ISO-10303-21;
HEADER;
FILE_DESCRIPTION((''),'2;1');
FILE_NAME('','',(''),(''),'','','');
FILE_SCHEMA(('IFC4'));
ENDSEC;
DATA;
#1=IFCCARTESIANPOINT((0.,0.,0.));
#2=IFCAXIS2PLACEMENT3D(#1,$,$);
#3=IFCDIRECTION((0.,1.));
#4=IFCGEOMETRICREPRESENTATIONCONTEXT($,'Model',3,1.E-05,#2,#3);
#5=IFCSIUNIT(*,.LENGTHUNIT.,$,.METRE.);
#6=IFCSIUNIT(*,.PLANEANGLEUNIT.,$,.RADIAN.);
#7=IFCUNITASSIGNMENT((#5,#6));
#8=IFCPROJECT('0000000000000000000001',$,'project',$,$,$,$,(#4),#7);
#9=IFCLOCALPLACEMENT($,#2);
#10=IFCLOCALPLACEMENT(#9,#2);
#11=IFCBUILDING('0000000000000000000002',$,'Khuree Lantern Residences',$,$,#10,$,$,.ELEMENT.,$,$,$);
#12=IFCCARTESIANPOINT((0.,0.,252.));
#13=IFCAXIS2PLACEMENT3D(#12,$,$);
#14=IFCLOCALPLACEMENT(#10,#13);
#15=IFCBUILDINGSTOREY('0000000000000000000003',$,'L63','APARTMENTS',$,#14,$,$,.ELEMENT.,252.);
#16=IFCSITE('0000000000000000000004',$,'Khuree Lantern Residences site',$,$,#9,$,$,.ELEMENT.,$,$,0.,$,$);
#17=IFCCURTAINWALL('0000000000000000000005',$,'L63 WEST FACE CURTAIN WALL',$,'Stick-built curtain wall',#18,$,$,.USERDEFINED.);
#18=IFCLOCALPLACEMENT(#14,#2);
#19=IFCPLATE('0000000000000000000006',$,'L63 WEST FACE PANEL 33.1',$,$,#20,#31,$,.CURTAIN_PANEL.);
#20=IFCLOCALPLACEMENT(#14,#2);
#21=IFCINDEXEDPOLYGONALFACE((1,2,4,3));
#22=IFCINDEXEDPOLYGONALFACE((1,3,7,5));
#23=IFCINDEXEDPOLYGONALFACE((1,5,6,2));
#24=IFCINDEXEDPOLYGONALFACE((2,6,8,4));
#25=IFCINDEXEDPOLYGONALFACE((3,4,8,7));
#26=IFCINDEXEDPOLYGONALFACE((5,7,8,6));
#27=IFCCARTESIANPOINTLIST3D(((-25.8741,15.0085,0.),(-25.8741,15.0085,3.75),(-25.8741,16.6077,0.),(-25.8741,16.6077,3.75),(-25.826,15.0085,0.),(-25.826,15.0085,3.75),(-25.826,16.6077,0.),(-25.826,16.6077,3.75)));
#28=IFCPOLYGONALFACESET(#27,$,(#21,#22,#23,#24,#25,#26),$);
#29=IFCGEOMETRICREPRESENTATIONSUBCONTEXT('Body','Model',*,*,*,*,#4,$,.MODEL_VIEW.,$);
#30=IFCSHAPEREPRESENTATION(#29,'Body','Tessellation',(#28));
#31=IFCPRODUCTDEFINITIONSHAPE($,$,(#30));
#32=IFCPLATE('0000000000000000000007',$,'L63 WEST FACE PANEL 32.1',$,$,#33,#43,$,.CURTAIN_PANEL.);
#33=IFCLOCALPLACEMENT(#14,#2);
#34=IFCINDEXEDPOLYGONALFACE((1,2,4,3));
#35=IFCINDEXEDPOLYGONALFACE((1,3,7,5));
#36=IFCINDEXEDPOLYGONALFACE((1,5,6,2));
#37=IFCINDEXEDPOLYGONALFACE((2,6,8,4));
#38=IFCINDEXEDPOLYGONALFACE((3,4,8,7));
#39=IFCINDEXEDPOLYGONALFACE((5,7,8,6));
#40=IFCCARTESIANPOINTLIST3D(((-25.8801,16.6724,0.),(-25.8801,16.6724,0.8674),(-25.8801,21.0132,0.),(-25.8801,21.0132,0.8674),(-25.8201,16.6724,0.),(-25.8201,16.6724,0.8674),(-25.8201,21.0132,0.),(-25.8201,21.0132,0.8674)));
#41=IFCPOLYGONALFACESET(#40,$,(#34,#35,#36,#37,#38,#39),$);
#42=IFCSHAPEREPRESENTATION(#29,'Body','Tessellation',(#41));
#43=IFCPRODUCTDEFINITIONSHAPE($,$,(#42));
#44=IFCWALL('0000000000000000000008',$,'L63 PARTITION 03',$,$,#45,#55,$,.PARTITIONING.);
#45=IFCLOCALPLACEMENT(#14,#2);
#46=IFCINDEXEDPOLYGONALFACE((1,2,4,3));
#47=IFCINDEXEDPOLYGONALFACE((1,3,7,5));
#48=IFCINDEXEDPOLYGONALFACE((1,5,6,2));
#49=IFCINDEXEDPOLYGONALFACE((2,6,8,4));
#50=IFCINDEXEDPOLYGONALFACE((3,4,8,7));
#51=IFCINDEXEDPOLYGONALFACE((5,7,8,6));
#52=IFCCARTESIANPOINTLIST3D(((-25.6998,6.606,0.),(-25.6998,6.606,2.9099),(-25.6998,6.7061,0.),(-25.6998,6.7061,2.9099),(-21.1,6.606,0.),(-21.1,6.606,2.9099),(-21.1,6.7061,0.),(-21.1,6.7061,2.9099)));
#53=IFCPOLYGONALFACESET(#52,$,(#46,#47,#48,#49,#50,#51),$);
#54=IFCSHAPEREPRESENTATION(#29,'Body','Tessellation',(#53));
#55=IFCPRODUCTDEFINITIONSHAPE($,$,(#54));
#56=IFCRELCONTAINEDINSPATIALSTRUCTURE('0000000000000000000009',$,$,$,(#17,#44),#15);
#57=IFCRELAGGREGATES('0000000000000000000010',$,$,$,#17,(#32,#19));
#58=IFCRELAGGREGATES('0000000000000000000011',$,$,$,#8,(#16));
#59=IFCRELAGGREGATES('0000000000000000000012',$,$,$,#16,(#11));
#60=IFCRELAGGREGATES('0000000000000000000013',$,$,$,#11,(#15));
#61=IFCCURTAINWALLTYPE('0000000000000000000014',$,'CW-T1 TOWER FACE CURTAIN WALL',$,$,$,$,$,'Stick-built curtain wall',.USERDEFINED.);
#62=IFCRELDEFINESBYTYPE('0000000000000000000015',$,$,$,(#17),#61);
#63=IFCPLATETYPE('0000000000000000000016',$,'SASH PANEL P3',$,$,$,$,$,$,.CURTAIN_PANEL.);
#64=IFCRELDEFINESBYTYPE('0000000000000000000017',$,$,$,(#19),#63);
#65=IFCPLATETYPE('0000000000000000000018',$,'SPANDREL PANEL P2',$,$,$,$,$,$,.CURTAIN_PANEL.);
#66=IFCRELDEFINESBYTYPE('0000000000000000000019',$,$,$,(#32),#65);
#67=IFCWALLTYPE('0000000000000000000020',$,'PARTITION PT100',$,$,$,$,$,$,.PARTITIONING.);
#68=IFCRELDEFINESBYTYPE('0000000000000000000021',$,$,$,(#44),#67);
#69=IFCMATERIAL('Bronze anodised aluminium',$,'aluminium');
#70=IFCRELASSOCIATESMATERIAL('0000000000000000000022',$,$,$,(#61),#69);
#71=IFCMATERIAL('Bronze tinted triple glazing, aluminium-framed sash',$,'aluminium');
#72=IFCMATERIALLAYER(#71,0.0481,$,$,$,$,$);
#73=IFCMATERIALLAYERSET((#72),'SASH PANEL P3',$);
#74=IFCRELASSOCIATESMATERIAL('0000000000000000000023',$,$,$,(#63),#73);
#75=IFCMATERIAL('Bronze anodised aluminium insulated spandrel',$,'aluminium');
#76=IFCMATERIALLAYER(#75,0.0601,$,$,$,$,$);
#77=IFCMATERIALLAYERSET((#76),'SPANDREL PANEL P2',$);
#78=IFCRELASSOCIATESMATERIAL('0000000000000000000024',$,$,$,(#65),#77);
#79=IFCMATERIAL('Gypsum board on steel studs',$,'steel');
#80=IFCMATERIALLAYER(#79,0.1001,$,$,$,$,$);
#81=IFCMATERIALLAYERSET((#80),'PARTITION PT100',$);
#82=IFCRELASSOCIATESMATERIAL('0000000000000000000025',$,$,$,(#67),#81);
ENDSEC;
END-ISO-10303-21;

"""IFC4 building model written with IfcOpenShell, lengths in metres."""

from ifc_helpers import new_model, si_unit, direction, frame, frame_2d, origin, origin_2d, place, context, subcontext, project, spatial, rectangle, extrude, material, layer, layer_set, type_object, element, aggregate, save


model = new_model("IFC4")

# Units and contexts
model_context = context("Model", 3, precision=1e-05, world=origin(), true_north=direction((0.0, 1.0)))
body_context = subcontext(model_context, "Body", "Model", "MODEL_VIEW")
ifc_project = project(units=[si_unit("LENGTHUNIT", "METRE"), si_unit("PLANEANGLEUNIT", "RADIAN")], contexts=[model_context])

# Site, building, storey
site_placement = place(None, origin())
site = spatial("IfcSite", under=ifc_project, at=site_placement, Name="Khuree Lantern Residences site", CompositionType="ELEMENT", RefElevation=0.0)
building_placement = place(site_placement, origin())
building = spatial("IfcBuilding", under=site, at=building_placement, Name="Khuree Lantern Residences", CompositionType="ELEMENT")
storey_placement = place(building_placement, frame((0.0, 0.0, 252.0)))
storey = spatial("IfcBuildingStorey", under=building, at=storey_placement, Name="L63", Description="APARTMENTS", CompositionType="ELEMENT", Elevation=252.0)

# Curtain wall
ifc_material_1 = material(Name="Bronze anodised aluminium", Category="aluminium")
curtain_wall_type = type_object("IfcCurtainWallType", Name="CW-T1 TOWER FACE CURTAIN WALL", ElementType="Stick-built curtain wall", PredefinedType="USERDEFINED", material=ifc_material_1)
curtain_wall_placement = place(storey_placement, origin())
curtain_wall = element("IfcCurtainWall", 1, at=curtain_wall_placement, inside=storey, type_object=curtain_wall_type, Name="L63 WEST FACE CURTAIN WALL", ObjectType="Stick-built curtain wall", PredefinedType="USERDEFINED")

# Plates
ifc_material_2 = material(Name="Bronze tinted triple glazing, aluminium-framed sash", Category="aluminium")
ifc_layer_1 = layer(ifc_material_2, 0.0481)
ifc_layer_set_1 = layer_set([ifc_layer_1], Name="SASH PANEL P3")
plate_type_1 = type_object("IfcPlateType", Name="SASH PANEL P3", PredefinedType="CURTAIN_PANEL", material=ifc_layer_set_1)
plate_1_placement = place(storey_placement, frame((-25.8501, 15.8081, 0.0), z_axis=(0.0, 0.0, 1.0), x_axis=(0.0, -1.0, 0.0)))
plate_1 = element("IfcPlate", 2, at=plate_1_placement, type_object=plate_type_1, Name="L63 WEST FACE PANEL 33.1", PredefinedType="CURTAIN_PANEL", context=body_context, shape_type="SweptSolid", body=[
    extrude(rectangle(XDim=1.5991, YDim=0.0481, at=origin_2d()), origin(), (0.0, 0.0, 1.0), 3.75),
])
ifc_material_3 = material(Name="Bronze anodised aluminium insulated spandrel", Category="aluminium")
ifc_layer_2 = layer(ifc_material_3, 0.0601)
ifc_layer_set_2 = layer_set([ifc_layer_2], Name="SPANDREL PANEL P2")
plate_type_2 = type_object("IfcPlateType", Name="SPANDREL PANEL P2", PredefinedType="CURTAIN_PANEL", material=ifc_layer_set_2)
plate_2_placement = place(storey_placement, frame((-25.8501, 18.8428, 0.0), z_axis=(0.0, 0.0, 1.0), x_axis=(0.0, -1.0, 0.0)))
plate_2 = element("IfcPlate", 3, at=plate_2_placement, type_object=plate_type_2, Name="L63 WEST FACE PANEL 32.1", PredefinedType="CURTAIN_PANEL", context=body_context, shape_type="SweptSolid", body=[
    extrude(rectangle(XDim=4.3408, YDim=0.0601, at=origin_2d()), origin(), (0.0, 0.0, 1.0), 0.8674),
])
aggregate(curtain_wall, [plate_2, plate_1])

# Wall
ifc_material_4 = material(Name="Gypsum board on steel studs", Category="steel")
ifc_layer_3 = layer(ifc_material_4, 0.1001)
ifc_layer_set_3 = layer_set([ifc_layer_3], Name="PARTITION PT100")
wall_type = type_object("IfcWallType", Name="PARTITION PT100", PredefinedType="PARTITIONING", material=ifc_layer_set_3)
wall_placement = place(storey_placement, frame((-21.1001, 6.656, 0.0), z_axis=(0.0, 0.0, 1.0), x_axis=(-1.0, 0.0, 0.0)))
element("IfcWall", 4, at=wall_placement, inside=storey, type_object=wall_type, Name="L63 PARTITION 03", PredefinedType="PARTITIONING", context=body_context, shape_type="SweptSolid", body=[
    extrude(rectangle(XDim=4.5999, YDim=0.1001, at=frame_2d((2.2998, 0.0))), origin(), (0.0, 0.0, 1.0), 2.9099),
])

save(model, "model.ifc")
